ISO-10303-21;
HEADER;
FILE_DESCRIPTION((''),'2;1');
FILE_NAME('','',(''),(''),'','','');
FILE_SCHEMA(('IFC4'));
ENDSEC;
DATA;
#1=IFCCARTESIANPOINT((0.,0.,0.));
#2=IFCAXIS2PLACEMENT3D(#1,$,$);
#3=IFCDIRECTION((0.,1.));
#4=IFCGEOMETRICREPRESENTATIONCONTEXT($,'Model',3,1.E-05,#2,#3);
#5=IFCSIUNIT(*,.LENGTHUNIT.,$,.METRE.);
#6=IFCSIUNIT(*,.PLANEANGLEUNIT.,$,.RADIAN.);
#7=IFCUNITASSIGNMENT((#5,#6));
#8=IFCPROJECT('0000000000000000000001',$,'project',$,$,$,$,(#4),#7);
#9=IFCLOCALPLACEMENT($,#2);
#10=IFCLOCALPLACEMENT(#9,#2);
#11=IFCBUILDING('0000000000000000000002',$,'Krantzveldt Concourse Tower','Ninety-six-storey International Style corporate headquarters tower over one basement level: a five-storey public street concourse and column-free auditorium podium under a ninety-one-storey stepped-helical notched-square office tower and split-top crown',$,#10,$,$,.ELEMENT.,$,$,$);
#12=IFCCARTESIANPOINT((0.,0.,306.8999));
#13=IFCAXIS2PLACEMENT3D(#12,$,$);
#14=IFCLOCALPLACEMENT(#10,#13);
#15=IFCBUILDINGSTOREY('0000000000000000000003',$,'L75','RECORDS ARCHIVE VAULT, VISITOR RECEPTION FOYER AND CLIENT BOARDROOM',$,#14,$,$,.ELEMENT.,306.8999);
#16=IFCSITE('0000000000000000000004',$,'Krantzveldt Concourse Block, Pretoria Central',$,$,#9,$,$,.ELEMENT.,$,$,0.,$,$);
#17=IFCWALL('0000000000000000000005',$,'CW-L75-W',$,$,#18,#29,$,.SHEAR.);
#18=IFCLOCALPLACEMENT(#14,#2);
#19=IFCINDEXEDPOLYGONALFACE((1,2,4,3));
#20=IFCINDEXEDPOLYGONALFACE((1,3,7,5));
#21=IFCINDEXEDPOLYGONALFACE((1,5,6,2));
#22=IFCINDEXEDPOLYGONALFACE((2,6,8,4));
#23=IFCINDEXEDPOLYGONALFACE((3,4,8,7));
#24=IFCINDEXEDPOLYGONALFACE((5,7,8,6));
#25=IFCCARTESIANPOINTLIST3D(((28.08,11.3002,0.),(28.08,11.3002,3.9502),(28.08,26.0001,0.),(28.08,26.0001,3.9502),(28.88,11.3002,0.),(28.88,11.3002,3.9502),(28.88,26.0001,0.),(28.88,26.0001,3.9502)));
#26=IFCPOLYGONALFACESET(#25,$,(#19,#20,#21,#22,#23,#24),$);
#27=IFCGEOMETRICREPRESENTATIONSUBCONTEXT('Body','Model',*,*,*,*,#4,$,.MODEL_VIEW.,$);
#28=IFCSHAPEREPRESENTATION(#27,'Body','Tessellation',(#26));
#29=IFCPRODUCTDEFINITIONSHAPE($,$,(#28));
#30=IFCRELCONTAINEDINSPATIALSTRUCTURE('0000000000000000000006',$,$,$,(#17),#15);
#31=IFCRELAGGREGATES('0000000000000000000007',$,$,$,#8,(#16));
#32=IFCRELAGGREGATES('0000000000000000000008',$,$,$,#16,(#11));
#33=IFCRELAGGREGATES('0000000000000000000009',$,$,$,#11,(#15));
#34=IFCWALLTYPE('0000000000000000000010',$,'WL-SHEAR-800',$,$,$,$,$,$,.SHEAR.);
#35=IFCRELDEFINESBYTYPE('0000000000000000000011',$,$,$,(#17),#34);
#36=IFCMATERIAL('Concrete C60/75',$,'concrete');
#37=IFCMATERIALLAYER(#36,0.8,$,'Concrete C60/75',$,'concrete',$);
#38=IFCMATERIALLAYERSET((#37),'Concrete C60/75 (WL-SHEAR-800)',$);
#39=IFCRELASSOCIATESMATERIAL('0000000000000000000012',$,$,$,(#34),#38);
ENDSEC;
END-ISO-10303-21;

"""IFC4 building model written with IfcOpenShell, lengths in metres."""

from ifc_helpers import new_model, si_unit, direction, frame, frame_2d, origin, place, context, subcontext, project, spatial, rectangle, extrude, material, layer, layer_set, type_object, element, save


model = new_model("IFC4")

# Units and contexts
model_context = context("Model", 3, precision=1e-05, world=origin(), true_north=direction((0.0, 1.0)))
body_context = subcontext(model_context, "Body", "Model", "MODEL_VIEW")
ifc_project = project(units=[si_unit("LENGTHUNIT", "METRE"), si_unit("PLANEANGLEUNIT", "RADIAN")], contexts=[model_context])

# Site, building, storey
site_placement = place(None, origin())
site = spatial("IfcSite", under=ifc_project, at=site_placement, Name="Krantzveldt Concourse Block, Pretoria Central", CompositionType="ELEMENT", RefElevation=0.0)
building_placement = place(site_placement, origin())
building = spatial("IfcBuilding", under=site, at=building_placement, Name="Krantzveldt Concourse Tower", Description="Ninety-six-storey International Style corporate headquarters tower over one basement level: a five-storey public street concourse and column-free auditorium podium under a ninety-one-storey stepped-helical notched-square office tower and split-top crown", CompositionType="ELEMENT")
storey_placement = place(building_placement, frame((0.0, 0.0, 306.8999)))
storey = spatial("IfcBuildingStorey", under=building, at=storey_placement, Name="L75", Description="RECORDS ARCHIVE VAULT, VISITOR RECEPTION FOYER AND CLIENT BOARDROOM", CompositionType="ELEMENT", Elevation=306.8999)

# Wall
ifc_material_1 = material(Name="Concrete C60/75", Category="concrete")
ifc_layer_1 = layer(ifc_material_1, 0.8, Name="Concrete C60/75", Category="concrete")
ifc_layer_set_1 = layer_set([ifc_layer_1], Name="Concrete C60/75 (WL-SHEAR-800)")
wall_type_1 = type_object("IfcWallType", Name="WL-SHEAR-800", PredefinedType="SHEAR", material=ifc_layer_set_1)
wall_1_placement = place(storey_placement, frame((28.48, 11.3, 0.0), z_axis=(0.0, 0.0, 1.0), x_axis=(0.0, 1.0, 0.0)))
element("IfcWall", 1, at=wall_1_placement, inside=storey, type_object=wall_type_1, Name="CW-L75-W", PredefinedType="SHEAR", context=body_context, shape_type="SweptSolid", body=[
    extrude(rectangle(XDim=14.7, YDim=0.8, at=frame_2d((7.3501, 0.0))), origin(), (0.0, 0.0, 1.0), 3.9502),
])

save(model, "model.ifc")
